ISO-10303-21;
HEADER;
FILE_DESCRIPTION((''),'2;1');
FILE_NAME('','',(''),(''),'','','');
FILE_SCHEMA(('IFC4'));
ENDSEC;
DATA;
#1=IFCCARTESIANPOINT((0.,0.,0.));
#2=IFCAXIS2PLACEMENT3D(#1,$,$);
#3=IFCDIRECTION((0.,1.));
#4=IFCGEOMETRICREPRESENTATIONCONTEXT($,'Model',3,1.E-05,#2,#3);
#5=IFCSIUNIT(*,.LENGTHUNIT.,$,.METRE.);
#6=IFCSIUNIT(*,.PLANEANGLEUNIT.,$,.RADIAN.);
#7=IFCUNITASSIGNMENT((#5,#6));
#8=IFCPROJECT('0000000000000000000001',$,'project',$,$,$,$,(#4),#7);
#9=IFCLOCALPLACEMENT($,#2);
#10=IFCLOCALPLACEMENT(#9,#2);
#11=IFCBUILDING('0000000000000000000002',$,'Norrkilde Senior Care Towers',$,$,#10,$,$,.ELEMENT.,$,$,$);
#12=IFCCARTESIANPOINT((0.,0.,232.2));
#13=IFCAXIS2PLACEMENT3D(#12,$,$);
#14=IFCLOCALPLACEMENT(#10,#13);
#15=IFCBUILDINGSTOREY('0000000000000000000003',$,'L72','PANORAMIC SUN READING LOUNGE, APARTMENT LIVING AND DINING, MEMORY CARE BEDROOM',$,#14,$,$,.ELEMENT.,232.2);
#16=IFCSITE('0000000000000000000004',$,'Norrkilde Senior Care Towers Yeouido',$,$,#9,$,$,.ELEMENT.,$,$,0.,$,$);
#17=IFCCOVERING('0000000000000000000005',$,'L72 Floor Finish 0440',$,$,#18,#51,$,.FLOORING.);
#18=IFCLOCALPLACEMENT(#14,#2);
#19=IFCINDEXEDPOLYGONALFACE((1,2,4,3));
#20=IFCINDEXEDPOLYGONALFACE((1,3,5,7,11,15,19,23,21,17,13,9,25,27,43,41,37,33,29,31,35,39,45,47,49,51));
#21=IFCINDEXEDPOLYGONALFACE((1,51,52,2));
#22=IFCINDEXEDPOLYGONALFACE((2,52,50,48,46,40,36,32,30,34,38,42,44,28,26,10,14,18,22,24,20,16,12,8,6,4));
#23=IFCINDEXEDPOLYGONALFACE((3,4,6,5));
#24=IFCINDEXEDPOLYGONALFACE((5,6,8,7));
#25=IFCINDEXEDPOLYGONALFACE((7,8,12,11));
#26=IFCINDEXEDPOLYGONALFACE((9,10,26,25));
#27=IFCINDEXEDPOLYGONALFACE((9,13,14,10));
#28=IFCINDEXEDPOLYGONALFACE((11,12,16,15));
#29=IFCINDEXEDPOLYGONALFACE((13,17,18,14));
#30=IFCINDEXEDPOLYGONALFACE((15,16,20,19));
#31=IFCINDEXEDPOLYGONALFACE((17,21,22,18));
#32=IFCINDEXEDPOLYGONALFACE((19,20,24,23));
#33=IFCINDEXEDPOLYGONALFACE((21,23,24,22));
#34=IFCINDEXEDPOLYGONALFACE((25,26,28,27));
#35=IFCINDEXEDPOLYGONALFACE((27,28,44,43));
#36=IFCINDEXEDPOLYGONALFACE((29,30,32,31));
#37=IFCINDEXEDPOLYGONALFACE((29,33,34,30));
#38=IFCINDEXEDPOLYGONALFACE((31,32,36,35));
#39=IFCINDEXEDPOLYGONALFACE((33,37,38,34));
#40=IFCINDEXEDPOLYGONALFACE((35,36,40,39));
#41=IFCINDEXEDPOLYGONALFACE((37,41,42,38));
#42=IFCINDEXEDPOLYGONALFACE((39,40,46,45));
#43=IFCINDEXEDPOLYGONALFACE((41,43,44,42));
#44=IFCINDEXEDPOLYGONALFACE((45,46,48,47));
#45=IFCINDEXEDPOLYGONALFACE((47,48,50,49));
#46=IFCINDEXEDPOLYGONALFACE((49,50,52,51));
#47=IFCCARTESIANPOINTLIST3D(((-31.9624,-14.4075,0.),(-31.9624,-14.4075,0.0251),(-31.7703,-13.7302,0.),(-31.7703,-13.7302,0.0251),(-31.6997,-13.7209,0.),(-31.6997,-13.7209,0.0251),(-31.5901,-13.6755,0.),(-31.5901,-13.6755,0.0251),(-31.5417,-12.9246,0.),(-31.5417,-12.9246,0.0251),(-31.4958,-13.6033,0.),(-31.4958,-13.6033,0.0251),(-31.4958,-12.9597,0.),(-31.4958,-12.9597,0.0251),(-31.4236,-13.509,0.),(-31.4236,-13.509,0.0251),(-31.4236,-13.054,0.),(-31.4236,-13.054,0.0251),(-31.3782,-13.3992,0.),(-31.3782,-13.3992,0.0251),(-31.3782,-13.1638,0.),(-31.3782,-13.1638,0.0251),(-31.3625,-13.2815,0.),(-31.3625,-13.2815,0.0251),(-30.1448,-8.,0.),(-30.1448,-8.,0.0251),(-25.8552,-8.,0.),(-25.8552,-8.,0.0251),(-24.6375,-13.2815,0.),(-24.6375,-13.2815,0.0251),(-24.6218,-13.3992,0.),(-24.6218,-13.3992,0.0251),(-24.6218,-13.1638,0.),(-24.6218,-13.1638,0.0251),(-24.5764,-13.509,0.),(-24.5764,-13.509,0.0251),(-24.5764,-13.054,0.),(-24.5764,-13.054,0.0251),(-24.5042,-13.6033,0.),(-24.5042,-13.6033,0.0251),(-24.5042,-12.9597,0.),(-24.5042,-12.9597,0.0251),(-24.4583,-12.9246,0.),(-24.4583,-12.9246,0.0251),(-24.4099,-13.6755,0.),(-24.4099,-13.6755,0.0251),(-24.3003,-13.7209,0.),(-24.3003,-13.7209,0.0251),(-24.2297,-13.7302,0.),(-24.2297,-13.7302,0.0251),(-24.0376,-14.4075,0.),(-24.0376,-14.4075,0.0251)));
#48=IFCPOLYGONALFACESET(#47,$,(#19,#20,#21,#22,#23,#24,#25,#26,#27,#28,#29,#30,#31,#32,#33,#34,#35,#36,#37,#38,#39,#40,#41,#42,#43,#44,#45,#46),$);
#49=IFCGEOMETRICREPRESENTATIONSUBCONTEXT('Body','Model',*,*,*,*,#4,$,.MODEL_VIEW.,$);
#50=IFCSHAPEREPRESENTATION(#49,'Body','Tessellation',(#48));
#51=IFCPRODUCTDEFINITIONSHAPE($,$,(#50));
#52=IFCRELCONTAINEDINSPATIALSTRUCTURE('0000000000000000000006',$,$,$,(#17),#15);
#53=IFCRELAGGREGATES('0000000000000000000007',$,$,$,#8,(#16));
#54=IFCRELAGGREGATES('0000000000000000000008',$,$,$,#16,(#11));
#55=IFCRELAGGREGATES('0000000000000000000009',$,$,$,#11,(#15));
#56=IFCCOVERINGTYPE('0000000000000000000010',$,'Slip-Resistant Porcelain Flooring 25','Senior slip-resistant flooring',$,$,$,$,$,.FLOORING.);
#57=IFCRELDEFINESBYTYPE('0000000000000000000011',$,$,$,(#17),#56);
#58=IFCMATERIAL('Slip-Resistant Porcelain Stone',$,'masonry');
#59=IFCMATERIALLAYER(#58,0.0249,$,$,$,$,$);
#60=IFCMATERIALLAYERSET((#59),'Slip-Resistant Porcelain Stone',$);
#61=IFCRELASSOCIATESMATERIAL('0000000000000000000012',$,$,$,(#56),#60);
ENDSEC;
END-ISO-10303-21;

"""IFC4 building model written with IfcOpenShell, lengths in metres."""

from ifc_helpers import new_model, si_unit, direction, frame, origin, place, context, subcontext, project, spatial, polyline, outline, extrude, material, layer, layer_set, type_object, element, save


model = new_model("IFC4")

# Units and contexts
model_context = context("Model", 3, precision=1e-05, world=origin(), true_north=direction((0.0, 1.0)))
body_context = subcontext(model_context, "Body", "Model", "MODEL_VIEW")
ifc_project = project(units=[si_unit("LENGTHUNIT", "METRE"), si_unit("PLANEANGLEUNIT", "RADIAN")], contexts=[model_context])

# Site, building, storey
site_placement = place(None, origin())
site = spatial("IfcSite", under=ifc_project, at=site_placement, Name="Norrkilde Senior Care Towers Yeouido", CompositionType="ELEMENT", RefElevation=0.0)
building_placement = place(site_placement, origin())
building = spatial("IfcBuilding", under=site, at=building_placement, Name="Norrkilde Senior Care Towers", CompositionType="ELEMENT")
storey_placement = place(building_placement, frame((0.0, 0.0, 232.2)))
storey = spatial("IfcBuildingStorey", under=building, at=storey_placement, Name="L72", Description="PANORAMIC SUN READING LOUNGE, APARTMENT LIVING AND DINING, MEMORY CARE BEDROOM", CompositionType="ELEMENT", Elevation=232.2)

# Covering
ifc_material_1 = material(Name="Slip-Resistant Porcelain Stone", Category="masonry")
ifc_layer_1 = layer(ifc_material_1, 0.0249)
ifc_layer_set_1 = layer_set([ifc_layer_1], Name="Slip-Resistant Porcelain Stone")
covering_type_1 = type_object("IfcCoveringType", Name="Slip-Resistant Porcelain Flooring 25", Description="Senior slip-resistant flooring", PredefinedType="FLOORING", material=ifc_layer_set_1)
covering_1_placement = place(storey_placement, origin())
element("IfcCovering", 1, at=covering_1_placement, inside=storey, type_object=covering_type_1, Name="L72 Floor Finish 0440", PredefinedType="FLOORING", context=body_context, shape_type="SweptSolid", body=[
    extrude(outline(polyline([(-31.9624, -14.4075), (-31.7703, -13.7302), (-31.6997, -13.7209), (-31.5901, -13.6755), (-31.4958, -13.6033), (-31.4236, -13.509), (-31.3782, -13.3992), (-31.3625, -13.2815), (-31.3782, -13.1638), (-31.4236, -13.054), (-31.4958, -12.9597), (-31.5417, -12.9246), (-30.1448, -8.0), (-25.8552, -8.0), (-24.4583, -12.9246), (-24.5042, -12.9597), (-24.5764, -13.054), (-24.6218, -13.1638), (-24.6375, -13.2815), (-24.6218, -13.3992), (-24.5764, -13.509), (-24.5042, -13.6033), (-24.4099, -13.6755), (-24.3003, -13.7209), (-24.2297, -13.7302), (-24.0376, -14.4075), (-31.9624, -14.4075)])), origin(), (0.0, 0.0, 1.0), 0.0251),
])

save(model, "model.ifc")
